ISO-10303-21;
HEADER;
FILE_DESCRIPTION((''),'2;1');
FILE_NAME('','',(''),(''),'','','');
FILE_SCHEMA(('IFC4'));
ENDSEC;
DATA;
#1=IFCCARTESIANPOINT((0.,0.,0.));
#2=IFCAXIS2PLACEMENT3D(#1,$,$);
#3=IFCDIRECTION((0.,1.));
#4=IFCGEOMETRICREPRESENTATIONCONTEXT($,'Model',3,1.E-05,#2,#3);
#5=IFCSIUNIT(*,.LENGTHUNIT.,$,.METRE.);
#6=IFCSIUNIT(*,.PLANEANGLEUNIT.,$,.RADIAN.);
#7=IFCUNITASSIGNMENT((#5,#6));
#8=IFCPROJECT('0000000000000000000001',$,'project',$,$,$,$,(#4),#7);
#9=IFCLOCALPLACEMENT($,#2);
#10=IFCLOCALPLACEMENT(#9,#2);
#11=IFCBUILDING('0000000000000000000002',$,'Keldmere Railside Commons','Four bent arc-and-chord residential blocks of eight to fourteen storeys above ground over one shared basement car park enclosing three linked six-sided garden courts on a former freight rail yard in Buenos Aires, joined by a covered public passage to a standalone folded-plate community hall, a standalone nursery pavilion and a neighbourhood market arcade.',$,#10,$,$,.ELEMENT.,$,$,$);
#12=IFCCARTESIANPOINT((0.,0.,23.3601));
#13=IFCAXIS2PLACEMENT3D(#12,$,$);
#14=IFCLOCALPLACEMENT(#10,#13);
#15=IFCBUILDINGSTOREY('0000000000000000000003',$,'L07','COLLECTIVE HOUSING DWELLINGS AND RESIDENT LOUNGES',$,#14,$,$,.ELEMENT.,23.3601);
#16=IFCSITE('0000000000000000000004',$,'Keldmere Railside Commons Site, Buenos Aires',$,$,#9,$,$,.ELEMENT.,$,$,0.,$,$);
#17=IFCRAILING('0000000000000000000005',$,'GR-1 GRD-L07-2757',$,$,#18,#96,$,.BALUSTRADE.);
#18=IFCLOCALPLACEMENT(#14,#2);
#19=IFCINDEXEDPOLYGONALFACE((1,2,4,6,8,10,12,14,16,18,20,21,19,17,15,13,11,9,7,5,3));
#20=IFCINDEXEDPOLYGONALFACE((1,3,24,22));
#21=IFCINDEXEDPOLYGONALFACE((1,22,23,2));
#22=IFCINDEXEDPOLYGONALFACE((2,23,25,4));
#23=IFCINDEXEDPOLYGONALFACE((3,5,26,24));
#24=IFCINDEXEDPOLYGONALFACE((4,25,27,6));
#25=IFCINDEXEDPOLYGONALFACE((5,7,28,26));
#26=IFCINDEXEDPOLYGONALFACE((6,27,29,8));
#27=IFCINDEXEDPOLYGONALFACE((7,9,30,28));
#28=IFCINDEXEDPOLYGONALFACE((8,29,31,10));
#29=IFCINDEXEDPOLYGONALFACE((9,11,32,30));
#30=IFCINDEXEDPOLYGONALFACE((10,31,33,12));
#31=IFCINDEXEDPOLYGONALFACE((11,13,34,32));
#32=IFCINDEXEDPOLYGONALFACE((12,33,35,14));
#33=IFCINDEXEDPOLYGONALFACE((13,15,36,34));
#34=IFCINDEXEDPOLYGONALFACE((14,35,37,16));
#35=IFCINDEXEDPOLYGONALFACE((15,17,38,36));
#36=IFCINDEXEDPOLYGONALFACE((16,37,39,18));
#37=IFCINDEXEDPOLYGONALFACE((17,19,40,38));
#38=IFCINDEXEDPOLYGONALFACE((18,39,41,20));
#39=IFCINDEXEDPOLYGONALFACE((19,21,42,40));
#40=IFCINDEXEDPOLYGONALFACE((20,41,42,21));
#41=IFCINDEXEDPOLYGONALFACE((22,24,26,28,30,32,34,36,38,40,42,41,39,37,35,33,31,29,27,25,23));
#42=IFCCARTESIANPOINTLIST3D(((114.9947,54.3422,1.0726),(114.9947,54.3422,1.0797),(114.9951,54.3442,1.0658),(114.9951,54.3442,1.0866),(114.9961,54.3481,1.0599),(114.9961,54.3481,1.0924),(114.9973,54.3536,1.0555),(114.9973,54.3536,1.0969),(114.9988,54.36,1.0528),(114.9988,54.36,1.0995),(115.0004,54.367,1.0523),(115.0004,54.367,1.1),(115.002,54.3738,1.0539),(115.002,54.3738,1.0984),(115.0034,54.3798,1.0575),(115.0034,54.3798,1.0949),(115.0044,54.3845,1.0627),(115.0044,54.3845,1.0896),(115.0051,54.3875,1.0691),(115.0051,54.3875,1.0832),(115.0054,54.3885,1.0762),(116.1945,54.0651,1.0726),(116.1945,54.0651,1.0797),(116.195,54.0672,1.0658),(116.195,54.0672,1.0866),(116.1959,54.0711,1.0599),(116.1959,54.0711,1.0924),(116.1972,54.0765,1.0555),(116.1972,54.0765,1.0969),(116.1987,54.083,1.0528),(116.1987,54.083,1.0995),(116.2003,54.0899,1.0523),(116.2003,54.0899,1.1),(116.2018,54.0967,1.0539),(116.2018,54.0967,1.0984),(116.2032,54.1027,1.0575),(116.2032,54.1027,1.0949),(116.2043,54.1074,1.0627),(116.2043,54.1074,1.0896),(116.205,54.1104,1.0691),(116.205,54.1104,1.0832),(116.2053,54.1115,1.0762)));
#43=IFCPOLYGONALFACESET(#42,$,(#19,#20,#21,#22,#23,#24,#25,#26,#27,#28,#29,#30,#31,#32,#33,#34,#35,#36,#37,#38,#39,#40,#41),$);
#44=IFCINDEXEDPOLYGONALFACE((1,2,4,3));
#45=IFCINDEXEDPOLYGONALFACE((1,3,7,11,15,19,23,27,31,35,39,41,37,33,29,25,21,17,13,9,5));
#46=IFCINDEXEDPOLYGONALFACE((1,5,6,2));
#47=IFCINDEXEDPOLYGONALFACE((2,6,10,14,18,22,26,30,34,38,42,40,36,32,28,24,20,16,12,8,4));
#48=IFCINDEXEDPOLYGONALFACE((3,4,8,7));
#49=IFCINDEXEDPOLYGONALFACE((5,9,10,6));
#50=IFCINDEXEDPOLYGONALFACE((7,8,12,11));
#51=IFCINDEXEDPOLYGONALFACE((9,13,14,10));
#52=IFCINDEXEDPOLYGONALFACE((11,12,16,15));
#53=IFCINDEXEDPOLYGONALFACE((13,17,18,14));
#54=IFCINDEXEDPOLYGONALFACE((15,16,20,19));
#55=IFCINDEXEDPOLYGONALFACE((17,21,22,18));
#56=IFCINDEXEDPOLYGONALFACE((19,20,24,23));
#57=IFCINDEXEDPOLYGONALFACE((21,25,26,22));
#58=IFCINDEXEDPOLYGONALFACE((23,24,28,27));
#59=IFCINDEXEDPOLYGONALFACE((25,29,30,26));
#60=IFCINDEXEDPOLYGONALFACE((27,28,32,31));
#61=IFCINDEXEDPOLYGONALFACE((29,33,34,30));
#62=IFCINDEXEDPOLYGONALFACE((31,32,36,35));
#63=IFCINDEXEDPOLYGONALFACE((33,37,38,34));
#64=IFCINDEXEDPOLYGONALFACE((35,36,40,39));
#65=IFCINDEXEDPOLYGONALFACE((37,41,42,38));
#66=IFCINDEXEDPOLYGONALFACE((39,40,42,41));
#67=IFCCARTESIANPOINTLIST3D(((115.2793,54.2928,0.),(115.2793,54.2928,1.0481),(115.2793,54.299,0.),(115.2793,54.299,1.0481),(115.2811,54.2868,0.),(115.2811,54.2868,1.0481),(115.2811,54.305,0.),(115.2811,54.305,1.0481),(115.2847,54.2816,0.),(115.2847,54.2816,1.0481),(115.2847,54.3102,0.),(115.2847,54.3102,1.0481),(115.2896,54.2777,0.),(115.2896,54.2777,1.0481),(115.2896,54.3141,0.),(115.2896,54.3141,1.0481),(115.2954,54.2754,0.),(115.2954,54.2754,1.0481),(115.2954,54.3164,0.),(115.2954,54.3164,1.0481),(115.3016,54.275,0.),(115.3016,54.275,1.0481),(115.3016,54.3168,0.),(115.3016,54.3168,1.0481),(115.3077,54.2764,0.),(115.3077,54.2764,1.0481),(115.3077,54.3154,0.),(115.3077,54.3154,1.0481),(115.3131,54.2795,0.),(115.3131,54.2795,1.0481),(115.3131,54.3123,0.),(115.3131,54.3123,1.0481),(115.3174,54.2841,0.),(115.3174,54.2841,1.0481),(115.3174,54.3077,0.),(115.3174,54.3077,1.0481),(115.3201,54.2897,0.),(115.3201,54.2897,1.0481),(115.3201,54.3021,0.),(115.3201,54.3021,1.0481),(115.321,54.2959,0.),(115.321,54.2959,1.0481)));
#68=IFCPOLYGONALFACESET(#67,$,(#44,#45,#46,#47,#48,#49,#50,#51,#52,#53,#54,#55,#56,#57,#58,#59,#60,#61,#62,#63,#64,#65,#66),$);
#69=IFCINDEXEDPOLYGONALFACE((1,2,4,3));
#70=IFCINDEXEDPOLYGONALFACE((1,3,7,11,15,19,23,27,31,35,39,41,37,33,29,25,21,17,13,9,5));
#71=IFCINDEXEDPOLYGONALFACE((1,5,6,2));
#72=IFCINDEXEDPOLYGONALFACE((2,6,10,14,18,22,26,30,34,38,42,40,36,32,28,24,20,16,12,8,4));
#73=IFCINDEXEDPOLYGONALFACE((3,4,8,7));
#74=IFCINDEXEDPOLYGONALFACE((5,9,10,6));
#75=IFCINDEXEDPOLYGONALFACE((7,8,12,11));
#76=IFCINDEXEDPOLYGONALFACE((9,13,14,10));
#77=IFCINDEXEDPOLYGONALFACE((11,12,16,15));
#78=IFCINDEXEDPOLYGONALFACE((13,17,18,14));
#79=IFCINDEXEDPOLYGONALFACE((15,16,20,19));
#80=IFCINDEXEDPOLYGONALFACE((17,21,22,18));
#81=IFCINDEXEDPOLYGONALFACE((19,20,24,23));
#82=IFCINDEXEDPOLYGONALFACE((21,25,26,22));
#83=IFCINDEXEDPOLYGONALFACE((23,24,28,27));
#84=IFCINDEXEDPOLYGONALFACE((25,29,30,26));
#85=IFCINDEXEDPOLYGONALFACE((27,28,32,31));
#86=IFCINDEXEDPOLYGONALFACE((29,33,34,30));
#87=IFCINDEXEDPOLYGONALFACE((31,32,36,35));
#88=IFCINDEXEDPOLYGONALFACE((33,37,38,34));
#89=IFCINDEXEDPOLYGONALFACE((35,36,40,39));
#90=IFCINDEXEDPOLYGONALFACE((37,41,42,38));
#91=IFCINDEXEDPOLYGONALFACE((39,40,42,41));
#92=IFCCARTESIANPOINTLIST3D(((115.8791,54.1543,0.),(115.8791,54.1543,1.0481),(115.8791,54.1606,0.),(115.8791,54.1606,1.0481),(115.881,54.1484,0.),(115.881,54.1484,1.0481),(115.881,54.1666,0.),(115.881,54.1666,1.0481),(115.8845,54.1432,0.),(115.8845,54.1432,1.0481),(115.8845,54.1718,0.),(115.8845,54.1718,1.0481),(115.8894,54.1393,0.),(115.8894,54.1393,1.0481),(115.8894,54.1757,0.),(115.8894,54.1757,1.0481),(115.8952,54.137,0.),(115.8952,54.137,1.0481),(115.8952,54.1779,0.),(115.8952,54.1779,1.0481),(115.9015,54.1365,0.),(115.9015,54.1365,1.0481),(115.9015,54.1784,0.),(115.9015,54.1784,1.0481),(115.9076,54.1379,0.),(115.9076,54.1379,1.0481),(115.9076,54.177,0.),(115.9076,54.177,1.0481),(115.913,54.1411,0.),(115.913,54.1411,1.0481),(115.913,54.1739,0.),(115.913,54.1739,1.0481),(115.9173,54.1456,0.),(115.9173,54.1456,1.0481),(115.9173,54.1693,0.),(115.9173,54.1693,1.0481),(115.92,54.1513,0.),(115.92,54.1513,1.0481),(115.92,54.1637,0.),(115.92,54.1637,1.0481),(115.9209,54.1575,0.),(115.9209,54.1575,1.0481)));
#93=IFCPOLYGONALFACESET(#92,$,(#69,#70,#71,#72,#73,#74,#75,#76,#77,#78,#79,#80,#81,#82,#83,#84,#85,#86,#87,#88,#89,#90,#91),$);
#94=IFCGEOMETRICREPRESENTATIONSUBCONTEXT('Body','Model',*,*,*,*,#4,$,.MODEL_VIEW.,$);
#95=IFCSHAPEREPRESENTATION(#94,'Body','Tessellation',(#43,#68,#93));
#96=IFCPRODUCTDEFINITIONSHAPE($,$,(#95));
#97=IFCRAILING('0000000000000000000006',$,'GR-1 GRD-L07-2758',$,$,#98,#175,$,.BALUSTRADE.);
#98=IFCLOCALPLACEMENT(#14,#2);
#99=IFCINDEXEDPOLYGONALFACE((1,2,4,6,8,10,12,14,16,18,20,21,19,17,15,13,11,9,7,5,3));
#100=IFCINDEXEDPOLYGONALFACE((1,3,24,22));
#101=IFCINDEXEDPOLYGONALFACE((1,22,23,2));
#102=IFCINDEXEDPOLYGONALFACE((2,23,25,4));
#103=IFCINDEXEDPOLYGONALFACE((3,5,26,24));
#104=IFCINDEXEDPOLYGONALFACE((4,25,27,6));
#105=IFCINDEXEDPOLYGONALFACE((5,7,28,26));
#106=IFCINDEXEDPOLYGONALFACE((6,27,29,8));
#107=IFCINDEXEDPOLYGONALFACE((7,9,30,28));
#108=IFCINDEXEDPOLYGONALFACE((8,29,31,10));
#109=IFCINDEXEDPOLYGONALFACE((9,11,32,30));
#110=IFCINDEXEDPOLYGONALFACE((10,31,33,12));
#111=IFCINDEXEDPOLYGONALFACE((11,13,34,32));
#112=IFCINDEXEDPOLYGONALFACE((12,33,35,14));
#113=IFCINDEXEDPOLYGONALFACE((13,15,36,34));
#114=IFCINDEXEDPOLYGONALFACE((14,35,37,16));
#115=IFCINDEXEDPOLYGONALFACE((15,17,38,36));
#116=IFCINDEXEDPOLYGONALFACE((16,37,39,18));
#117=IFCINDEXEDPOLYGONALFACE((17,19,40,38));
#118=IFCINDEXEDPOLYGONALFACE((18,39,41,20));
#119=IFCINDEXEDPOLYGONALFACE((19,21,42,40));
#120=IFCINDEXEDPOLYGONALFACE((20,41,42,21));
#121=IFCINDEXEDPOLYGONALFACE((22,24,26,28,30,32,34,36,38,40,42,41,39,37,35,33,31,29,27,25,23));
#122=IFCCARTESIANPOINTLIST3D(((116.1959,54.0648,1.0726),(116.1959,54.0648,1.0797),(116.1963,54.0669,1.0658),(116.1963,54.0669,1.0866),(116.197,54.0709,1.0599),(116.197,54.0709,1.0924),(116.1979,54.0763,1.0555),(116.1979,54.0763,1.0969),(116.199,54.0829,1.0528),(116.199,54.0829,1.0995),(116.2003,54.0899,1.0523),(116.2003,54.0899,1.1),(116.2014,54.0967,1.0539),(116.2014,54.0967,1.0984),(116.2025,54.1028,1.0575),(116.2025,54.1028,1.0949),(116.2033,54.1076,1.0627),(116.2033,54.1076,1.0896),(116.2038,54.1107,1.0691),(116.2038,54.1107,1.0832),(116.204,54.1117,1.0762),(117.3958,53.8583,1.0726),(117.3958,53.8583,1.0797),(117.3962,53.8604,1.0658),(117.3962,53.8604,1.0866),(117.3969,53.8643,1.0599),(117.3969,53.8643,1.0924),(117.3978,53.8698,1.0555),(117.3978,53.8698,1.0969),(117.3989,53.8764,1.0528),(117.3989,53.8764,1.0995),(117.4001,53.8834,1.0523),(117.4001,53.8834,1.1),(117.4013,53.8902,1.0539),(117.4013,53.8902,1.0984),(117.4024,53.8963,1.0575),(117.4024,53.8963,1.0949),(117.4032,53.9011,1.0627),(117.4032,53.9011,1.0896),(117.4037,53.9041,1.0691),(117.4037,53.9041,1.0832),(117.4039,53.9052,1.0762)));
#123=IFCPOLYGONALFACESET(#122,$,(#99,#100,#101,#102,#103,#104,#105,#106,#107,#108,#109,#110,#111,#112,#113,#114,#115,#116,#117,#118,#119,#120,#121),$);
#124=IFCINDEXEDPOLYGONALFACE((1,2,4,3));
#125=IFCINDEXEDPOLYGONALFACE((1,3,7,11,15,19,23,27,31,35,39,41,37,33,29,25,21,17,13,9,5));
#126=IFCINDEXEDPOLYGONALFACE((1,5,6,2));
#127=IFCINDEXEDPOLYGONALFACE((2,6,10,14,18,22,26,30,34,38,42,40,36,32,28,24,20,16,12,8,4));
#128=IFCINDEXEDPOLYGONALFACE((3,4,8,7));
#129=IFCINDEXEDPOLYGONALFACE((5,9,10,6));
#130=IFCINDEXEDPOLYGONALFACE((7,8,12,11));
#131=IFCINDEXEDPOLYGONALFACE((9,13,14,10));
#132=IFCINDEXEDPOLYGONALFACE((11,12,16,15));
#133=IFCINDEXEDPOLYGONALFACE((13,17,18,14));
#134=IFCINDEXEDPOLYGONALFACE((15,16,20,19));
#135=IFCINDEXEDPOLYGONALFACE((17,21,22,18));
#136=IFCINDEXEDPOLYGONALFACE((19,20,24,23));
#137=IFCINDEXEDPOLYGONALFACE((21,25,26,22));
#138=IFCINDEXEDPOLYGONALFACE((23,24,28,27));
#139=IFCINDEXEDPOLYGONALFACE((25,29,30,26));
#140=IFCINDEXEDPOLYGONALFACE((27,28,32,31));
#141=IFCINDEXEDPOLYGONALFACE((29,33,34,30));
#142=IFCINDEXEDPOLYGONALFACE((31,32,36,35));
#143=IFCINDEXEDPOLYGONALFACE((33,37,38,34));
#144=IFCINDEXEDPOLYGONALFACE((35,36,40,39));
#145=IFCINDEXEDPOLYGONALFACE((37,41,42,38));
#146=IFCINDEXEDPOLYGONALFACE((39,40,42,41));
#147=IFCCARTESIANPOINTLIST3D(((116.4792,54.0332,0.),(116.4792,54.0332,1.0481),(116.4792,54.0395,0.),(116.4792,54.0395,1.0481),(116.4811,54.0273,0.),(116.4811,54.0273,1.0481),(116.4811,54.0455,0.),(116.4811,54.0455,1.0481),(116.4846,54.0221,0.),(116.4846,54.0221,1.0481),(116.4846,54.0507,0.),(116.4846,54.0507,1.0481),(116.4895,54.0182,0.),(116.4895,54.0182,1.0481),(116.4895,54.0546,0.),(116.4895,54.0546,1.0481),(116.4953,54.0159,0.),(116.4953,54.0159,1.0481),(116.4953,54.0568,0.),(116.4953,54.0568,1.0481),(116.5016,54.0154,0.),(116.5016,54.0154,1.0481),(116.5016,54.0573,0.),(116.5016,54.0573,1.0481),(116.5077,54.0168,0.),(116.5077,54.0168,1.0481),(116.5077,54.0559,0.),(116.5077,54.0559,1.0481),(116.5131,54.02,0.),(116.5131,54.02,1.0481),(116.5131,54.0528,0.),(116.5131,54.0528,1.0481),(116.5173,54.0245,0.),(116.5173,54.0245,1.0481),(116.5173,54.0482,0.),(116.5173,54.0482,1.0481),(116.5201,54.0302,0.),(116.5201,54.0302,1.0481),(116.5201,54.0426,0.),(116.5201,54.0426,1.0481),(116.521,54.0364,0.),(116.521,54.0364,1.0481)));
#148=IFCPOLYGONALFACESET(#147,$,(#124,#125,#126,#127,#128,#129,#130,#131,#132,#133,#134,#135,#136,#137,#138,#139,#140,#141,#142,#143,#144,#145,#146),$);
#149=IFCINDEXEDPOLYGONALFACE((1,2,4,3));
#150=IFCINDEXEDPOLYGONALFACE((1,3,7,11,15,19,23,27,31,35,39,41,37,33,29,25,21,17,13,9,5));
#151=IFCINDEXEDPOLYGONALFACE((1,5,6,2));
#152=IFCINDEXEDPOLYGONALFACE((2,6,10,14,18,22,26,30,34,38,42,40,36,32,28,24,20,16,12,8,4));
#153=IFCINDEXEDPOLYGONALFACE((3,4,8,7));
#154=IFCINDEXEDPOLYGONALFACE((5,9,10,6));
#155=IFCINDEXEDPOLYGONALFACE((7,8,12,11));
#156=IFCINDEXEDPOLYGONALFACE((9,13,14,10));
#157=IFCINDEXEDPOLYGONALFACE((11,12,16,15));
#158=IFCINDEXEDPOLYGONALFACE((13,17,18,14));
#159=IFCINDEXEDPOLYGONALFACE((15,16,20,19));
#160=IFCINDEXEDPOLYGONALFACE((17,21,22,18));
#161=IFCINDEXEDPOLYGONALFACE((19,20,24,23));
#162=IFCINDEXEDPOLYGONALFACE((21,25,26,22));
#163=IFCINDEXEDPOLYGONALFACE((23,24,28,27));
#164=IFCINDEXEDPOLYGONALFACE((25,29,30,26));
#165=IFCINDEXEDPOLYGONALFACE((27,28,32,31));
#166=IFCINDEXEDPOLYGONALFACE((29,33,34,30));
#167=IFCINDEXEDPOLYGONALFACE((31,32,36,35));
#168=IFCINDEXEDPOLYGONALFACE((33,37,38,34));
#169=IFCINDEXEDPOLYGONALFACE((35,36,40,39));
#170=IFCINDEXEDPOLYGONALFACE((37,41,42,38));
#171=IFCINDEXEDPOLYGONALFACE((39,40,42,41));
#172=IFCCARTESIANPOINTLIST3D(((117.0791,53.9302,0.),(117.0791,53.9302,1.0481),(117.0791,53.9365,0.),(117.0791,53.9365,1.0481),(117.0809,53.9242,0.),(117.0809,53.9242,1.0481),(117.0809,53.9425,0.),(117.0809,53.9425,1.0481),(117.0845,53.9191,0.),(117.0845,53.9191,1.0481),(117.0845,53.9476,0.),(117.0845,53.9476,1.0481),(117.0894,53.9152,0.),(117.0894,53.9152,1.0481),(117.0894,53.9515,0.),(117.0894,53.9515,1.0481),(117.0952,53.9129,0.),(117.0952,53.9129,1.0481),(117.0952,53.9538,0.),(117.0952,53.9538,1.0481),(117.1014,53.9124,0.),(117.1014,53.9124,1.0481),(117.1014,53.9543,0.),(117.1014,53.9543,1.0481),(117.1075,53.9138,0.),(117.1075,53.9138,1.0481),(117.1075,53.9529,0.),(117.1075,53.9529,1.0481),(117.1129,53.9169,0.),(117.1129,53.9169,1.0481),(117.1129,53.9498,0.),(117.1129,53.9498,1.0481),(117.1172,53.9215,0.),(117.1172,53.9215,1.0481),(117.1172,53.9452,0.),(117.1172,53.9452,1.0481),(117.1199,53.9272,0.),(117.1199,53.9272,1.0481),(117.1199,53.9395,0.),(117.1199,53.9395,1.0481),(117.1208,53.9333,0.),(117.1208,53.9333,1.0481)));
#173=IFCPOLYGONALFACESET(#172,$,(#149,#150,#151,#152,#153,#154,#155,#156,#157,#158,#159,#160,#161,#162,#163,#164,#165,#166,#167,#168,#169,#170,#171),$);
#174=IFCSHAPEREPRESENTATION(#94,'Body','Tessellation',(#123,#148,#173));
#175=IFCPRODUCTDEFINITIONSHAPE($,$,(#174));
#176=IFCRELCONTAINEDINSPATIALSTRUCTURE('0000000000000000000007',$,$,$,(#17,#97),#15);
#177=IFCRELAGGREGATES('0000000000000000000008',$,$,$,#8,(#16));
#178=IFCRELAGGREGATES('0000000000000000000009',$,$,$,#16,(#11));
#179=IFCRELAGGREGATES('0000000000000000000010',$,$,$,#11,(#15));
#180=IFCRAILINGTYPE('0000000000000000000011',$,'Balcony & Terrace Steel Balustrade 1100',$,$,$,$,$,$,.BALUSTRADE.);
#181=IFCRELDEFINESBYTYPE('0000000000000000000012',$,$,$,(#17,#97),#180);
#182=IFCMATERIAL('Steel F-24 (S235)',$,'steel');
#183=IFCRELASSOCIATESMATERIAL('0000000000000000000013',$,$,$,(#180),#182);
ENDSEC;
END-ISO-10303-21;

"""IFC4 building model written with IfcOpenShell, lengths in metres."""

from ifc_helpers import new_model, si_unit, direction, frame, origin, origin_2d, place, context, subcontext, project, spatial, circle, extrude, material, type_object, element, save


model = new_model("IFC4")

# Units and contexts
model_context = context("Model", 3, precision=1e-05, world=origin(), true_north=direction((0.0, 1.0)))
body_context = subcontext(model_context, "Body", "Model", "MODEL_VIEW")
ifc_project = project(units=[si_unit("LENGTHUNIT", "METRE"), si_unit("PLANEANGLEUNIT", "RADIAN")], contexts=[model_context])

# Site, building, storey
site_placement = place(None, origin())
site = spatial("IfcSite", under=ifc_project, at=site_placement, Name="Keldmere Railside Commons Site, Buenos Aires", CompositionType="ELEMENT", RefElevation=0.0)
building_placement = place(site_placement, origin())
building = spatial("IfcBuilding", under=site, at=building_placement, Name="Keldmere Railside Commons", Description="Four bent arc-and-chord residential blocks of eight to fourteen storeys above ground over one shared basement car park enclosing three linked six-sided garden courts on a former freight rail yard in Buenos Aires, joined by a covered public passage to a standalone folded-plate community hall, a standalone nursery pavilion and a neighbourhood market arcade.", CompositionType="ELEMENT")
storey_placement = place(building_placement, frame((0.0, 0.0, 23.3601)))
storey = spatial("IfcBuildingStorey", under=building, at=storey_placement, Name="L07", Description="COLLECTIVE HOUSING DWELLINGS AND RESIDENT LOUNGES", CompositionType="ELEMENT", Elevation=23.3601)

# Shared definitions
ifc_material_1 = material(Name="Steel F-24 (S235)", Category="steel")

# Railings
railing_type = type_object("IfcRailingType", Name="Balcony & Terrace Steel Balustrade 1100", PredefinedType="BALUSTRADE", material=ifc_material_1)
railing_1_placement = place(storey_placement, frame((115.0, 54.3652, 0.0)))
element("IfcRailing", 1, at=railing_1_placement, inside=storey, type_object=railing_type, Name="GR-1 GRD-L07-2757", PredefinedType="BALUSTRADE", context=body_context, shape_type="SweptSolid", body=[
    extrude(circle(Radius=0.0239, at=origin_2d()), frame((0.0, 0.0, 1.0762), z_axis=(0.974358, -0.225004, 0.0), x_axis=(0.225004, 0.974358, 0.0)), (0.0, 0.0, 1.0), 1.2314),
    extrude(circle(Radius=0.021, at=origin_2d()), frame((0.3, -0.0693, 0.0)), (0.0, 0.0, 1.0), 1.0481),
    extrude(circle(Radius=0.021, at=origin_2d()), frame((0.8999, -0.2078, 0.0)), (0.0, 0.0, 1.0), 1.0481),
])
railing_2_placement = place(storey_placement, frame((116.2, 54.0881, 0.0)))
element("IfcRailing", 2, at=railing_2_placement, inside=storey, type_object=railing_type, Name="GR-1 GRD-L07-2758", PredefinedType="BALUSTRADE", context=body_context, shape_type="SweptSolid", body=[
    extrude(circle(Radius=0.0239, at=origin_2d()), frame((0.0, 0.0, 1.0762), z_axis=(0.985508, -0.169632, 0.0), x_axis=(0.169632, 0.985508, 0.0)), (0.0, 0.0, 1.0), 1.2175),
    extrude(circle(Radius=0.021, at=origin_2d()), frame((0.3, -0.0518, 0.0)), (0.0, 0.0, 1.0), 1.0481),
    extrude(circle(Radius=0.021, at=origin_2d()), frame((0.8999, -0.1548, 0.0)), (0.0, 0.0, 1.0), 1.0481),
])

save(model, "model.ifc")
